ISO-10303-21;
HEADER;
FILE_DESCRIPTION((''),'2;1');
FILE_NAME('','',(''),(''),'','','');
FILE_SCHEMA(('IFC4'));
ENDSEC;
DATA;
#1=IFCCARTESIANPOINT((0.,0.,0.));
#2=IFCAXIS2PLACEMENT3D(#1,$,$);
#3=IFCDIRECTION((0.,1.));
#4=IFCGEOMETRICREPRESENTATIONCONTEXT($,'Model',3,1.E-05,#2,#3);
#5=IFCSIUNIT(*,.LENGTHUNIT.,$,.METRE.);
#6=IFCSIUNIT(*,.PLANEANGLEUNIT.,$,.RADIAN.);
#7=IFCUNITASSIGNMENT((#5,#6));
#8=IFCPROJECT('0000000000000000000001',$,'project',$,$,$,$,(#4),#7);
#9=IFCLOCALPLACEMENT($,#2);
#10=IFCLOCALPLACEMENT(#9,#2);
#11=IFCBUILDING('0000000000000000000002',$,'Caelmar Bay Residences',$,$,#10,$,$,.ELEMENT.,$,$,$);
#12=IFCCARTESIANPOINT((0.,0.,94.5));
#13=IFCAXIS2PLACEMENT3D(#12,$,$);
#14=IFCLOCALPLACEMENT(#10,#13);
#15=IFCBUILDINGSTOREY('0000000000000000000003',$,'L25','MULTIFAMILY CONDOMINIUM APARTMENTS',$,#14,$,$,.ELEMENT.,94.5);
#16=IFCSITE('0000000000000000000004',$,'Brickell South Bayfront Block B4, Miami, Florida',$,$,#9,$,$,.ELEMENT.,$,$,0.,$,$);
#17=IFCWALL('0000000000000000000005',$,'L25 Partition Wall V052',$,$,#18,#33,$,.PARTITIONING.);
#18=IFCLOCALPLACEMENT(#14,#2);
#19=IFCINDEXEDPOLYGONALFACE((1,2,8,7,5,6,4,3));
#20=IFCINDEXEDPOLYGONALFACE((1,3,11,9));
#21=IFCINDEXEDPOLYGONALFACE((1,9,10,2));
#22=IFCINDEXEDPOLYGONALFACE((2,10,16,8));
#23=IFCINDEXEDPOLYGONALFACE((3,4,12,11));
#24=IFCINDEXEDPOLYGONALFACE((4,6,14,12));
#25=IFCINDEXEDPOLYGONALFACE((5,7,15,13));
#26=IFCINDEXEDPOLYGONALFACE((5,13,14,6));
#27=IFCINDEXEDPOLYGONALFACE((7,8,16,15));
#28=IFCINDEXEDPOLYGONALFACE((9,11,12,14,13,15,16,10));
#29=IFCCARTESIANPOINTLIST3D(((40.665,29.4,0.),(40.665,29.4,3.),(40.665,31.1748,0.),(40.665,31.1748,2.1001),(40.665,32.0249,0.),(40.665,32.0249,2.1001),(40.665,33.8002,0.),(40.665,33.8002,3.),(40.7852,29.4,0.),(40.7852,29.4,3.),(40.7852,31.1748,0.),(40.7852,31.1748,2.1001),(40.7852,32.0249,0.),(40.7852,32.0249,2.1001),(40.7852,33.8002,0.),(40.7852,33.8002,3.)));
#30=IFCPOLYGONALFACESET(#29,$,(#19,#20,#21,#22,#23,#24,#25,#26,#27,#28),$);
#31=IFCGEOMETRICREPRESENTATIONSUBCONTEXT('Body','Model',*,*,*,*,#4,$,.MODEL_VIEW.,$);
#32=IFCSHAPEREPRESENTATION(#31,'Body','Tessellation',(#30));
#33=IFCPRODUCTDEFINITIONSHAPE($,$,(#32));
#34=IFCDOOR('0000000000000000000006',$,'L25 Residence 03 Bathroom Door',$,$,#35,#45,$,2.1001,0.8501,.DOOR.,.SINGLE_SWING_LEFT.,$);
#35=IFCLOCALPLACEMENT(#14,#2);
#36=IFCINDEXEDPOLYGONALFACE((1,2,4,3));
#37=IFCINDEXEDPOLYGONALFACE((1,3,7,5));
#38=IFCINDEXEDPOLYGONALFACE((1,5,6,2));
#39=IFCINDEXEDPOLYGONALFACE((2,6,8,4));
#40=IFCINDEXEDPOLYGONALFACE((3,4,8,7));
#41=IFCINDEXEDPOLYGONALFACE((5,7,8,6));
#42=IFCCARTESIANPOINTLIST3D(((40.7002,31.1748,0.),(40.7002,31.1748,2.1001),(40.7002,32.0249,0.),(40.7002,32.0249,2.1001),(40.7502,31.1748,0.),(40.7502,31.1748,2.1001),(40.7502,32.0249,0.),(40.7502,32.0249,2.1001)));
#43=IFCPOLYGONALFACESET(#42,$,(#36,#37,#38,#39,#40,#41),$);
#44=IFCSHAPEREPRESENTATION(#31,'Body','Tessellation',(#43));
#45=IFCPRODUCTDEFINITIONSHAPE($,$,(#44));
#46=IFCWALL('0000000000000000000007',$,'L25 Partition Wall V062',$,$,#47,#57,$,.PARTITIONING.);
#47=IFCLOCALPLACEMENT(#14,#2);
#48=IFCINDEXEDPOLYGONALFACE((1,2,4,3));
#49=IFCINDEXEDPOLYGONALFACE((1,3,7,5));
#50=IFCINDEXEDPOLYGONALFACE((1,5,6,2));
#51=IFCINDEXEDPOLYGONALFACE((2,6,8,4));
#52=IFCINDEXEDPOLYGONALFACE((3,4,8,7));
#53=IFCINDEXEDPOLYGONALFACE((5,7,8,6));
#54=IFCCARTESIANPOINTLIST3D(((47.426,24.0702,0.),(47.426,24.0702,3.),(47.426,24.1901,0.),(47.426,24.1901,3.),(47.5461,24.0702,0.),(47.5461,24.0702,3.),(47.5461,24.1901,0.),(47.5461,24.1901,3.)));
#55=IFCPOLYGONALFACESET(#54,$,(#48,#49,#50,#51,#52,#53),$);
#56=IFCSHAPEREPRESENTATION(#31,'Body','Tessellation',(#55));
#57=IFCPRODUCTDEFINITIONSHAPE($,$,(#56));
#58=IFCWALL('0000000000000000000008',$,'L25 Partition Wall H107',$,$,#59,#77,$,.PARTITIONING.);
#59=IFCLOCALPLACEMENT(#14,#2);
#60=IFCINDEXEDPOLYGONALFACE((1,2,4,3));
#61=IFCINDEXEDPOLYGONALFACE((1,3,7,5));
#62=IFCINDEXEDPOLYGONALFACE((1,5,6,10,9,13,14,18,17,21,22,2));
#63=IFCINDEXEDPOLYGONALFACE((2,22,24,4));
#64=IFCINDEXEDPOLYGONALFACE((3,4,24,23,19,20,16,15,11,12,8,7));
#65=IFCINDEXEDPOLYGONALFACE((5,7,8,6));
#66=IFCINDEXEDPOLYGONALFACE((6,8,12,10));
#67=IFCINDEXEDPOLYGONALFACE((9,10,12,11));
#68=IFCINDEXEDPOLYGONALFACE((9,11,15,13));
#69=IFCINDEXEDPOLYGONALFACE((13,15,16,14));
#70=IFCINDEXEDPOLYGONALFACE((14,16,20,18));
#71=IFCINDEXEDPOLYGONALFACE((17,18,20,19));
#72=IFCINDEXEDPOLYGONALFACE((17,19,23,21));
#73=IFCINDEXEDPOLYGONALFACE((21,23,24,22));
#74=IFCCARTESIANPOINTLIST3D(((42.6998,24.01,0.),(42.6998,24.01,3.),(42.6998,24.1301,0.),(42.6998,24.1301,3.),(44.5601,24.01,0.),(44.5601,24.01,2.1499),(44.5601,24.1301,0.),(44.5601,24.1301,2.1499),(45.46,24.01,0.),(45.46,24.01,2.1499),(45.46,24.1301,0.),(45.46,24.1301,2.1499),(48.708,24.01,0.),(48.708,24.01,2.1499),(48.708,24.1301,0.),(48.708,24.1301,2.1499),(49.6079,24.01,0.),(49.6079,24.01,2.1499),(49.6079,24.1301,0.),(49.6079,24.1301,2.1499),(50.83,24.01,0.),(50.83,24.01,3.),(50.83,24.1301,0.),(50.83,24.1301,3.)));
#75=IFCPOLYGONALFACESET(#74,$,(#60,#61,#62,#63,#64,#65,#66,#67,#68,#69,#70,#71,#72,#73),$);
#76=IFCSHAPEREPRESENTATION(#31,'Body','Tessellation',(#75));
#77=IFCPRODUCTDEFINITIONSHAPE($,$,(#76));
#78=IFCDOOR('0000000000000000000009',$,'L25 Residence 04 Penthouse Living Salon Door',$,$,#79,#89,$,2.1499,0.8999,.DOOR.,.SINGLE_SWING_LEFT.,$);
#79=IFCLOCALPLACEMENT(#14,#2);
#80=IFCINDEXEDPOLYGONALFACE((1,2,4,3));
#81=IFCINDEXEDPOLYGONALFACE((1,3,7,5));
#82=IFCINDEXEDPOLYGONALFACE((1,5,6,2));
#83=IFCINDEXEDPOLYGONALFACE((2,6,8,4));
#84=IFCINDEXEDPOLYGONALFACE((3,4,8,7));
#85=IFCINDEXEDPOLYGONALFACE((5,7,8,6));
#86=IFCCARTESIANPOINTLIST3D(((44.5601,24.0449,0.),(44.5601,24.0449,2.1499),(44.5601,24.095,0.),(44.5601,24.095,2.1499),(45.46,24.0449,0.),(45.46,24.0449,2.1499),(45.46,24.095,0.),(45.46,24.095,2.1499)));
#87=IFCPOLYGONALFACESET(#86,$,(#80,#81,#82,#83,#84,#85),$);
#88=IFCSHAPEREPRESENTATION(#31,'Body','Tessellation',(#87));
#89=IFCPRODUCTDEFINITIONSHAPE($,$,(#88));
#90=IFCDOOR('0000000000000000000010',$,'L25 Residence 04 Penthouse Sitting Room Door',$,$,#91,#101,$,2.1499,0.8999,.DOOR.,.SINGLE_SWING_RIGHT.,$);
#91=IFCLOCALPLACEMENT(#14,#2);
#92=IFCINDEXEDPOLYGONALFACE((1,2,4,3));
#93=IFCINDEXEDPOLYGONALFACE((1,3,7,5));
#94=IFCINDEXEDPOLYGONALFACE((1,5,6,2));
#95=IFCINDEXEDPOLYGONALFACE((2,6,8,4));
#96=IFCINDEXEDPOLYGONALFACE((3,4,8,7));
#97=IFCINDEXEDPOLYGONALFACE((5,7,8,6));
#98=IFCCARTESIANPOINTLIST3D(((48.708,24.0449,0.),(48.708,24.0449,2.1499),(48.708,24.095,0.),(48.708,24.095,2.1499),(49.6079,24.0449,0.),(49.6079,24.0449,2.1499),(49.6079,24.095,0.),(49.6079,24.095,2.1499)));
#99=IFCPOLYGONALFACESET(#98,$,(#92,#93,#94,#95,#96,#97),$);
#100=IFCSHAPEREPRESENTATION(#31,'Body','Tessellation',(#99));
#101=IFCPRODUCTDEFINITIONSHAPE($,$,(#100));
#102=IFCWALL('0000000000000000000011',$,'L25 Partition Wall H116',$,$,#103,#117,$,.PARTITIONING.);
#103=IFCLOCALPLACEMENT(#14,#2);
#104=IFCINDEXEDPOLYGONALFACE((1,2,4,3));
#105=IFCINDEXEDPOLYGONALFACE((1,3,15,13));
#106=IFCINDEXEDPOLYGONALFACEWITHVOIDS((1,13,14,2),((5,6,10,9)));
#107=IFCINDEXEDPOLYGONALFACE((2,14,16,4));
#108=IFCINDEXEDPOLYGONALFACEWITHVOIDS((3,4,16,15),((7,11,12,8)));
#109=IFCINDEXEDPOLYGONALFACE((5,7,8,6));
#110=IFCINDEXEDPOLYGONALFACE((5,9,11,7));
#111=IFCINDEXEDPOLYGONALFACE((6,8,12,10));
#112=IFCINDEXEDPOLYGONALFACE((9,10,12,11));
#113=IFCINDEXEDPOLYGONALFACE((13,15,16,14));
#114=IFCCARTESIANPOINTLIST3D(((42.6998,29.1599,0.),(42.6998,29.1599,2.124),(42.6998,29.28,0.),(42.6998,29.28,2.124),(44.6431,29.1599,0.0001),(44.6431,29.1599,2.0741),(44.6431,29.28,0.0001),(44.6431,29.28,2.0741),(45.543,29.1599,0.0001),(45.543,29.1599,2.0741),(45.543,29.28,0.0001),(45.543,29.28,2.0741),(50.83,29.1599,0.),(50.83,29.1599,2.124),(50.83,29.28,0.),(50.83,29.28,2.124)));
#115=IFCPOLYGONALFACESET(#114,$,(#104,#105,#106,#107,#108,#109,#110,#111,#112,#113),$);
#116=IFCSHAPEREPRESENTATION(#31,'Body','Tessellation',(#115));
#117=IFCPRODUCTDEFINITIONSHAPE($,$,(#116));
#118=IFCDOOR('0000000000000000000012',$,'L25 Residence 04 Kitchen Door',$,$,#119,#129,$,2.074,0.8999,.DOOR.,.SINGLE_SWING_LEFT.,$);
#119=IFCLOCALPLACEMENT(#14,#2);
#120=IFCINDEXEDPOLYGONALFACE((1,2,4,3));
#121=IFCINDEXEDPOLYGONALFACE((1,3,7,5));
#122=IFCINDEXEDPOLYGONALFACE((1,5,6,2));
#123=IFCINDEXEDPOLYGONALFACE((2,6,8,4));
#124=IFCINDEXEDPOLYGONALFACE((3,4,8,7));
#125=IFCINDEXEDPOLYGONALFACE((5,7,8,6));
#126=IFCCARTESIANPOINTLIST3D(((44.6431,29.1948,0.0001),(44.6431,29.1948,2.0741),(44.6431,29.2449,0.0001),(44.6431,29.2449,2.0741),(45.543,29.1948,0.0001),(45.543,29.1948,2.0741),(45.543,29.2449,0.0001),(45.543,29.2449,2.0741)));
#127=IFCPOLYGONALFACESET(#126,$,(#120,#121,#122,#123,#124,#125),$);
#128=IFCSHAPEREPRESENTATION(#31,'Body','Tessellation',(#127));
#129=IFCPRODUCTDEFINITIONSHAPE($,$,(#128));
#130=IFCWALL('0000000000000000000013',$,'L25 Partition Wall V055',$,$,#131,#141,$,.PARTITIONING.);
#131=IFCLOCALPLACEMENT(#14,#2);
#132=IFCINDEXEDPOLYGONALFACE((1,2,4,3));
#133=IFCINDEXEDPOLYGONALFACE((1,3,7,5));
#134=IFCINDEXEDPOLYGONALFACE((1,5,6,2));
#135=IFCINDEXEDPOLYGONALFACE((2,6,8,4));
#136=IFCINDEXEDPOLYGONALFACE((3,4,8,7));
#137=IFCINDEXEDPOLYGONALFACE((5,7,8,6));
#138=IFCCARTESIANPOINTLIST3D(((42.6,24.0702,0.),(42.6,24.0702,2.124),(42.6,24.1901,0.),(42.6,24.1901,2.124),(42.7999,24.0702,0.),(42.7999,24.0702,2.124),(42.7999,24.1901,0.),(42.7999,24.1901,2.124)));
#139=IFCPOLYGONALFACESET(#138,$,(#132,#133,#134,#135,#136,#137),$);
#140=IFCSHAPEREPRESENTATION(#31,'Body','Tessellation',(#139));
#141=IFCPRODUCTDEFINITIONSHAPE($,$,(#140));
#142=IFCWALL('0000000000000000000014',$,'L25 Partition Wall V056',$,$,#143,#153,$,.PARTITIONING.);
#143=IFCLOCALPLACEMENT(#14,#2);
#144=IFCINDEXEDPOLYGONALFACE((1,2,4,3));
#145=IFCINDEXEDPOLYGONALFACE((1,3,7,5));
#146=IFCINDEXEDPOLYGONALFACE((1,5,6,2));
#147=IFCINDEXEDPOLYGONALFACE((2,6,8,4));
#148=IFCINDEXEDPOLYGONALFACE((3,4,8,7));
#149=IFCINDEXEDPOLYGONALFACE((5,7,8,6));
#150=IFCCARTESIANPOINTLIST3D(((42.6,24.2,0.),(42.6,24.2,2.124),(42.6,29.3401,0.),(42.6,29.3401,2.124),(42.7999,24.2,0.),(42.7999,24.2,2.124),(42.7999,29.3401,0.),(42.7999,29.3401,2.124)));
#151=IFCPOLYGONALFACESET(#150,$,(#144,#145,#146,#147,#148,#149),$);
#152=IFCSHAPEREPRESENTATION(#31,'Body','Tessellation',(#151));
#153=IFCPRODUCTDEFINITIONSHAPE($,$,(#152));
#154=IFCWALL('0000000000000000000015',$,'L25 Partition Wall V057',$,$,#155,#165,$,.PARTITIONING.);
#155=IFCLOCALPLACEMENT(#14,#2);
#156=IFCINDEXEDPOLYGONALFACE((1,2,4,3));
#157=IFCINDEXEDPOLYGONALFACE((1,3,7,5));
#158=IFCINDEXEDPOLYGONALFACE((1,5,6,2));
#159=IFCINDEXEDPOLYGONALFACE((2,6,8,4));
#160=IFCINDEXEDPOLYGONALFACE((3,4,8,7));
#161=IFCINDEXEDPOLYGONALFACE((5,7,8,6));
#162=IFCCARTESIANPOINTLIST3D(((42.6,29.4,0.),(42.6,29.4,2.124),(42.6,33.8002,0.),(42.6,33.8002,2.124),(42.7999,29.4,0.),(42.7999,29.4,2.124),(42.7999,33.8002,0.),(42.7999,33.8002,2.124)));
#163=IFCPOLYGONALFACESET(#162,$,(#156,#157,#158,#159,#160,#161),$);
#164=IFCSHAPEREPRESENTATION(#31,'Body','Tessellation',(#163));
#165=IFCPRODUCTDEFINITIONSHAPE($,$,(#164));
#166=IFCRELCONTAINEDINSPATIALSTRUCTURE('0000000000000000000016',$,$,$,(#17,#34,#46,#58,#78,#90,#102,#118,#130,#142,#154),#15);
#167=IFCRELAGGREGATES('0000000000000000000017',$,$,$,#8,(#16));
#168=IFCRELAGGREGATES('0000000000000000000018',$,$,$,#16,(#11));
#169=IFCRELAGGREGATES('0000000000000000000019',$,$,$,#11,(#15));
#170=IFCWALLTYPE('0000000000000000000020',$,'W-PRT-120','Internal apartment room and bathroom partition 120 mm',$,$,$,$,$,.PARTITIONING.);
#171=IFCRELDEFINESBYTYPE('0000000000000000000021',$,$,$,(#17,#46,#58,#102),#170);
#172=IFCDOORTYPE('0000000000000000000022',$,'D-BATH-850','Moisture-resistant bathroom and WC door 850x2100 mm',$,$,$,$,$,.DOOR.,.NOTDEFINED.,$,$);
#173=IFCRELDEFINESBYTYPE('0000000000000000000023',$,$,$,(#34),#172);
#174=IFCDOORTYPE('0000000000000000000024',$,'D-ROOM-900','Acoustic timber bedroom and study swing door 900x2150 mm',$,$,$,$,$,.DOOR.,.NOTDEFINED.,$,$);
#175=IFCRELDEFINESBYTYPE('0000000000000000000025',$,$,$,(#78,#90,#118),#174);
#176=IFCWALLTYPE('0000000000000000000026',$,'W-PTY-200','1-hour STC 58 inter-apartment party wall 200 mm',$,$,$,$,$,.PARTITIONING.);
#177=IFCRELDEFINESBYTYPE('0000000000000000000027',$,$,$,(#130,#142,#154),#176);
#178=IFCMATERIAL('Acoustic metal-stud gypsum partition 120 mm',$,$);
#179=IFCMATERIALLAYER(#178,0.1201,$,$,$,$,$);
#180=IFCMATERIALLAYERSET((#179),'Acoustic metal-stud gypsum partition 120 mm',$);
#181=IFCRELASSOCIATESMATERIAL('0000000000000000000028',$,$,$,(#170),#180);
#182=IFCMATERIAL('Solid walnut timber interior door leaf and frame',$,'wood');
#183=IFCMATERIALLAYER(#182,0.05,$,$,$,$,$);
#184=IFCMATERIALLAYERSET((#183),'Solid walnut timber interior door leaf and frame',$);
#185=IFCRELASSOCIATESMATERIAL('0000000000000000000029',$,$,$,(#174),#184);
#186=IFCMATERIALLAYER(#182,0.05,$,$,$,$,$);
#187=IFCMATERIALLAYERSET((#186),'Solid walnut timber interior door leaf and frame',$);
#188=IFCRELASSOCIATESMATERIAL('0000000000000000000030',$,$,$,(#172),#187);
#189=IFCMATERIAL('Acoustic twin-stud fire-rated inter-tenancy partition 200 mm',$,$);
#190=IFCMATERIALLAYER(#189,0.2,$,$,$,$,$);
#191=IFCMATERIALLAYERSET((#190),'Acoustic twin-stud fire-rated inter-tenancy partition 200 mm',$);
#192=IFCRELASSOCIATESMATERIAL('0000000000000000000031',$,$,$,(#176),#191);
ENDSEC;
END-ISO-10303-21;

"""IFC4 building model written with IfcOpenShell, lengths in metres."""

from ifc_helpers import new_model, si_unit, direction, frame, frame_2d, origin, place, context, subcontext, project, spatial, rectangle, extrude, material, layer, layer_set, type_object, element, fill, save


model = new_model("IFC4")

# Units and contexts
model_context = context("Model", 3, precision=1e-05, world=origin(), true_north=direction((0.0, 1.0)))
body_context = subcontext(model_context, "Body", "Model", "MODEL_VIEW")
ifc_project = project(units=[si_unit("LENGTHUNIT", "METRE"), si_unit("PLANEANGLEUNIT", "RADIAN")], contexts=[model_context])

# Site, building, storey
site_placement = place(None, origin())
site = spatial("IfcSite", under=ifc_project, at=site_placement, Name="Brickell South Bayfront Block B4, Miami, Florida", CompositionType="ELEMENT", RefElevation=0.0)
building_placement = place(site_placement, origin())
building = spatial("IfcBuilding", under=site, at=building_placement, Name="Caelmar Bay Residences", CompositionType="ELEMENT")
storey_placement = place(building_placement, frame((0.0, 0.0, 94.5)))
storey = spatial("IfcBuildingStorey", under=building, at=storey_placement, Name="L25", Description="MULTIFAMILY CONDOMINIUM APARTMENTS", CompositionType="ELEMENT", Elevation=94.5)

# Shared definitions
ifc_material_1 = material(Name="Acoustic metal-stud gypsum partition 120 mm")
ifc_layer_1 = layer(ifc_material_1, 0.1201)
ifc_layer_set_1 = layer_set([ifc_layer_1], Name="Acoustic metal-stud gypsum partition 120 mm")
wall_type_1 = type_object("IfcWallType", Name="W-PRT-120", Description="Internal apartment room and bathroom partition 120 mm", PredefinedType="PARTITIONING", material=ifc_layer_set_1)

# Shared definitions
ifc_material_2 = material(Name="Solid walnut timber interior door leaf and frame", Category="wood")
ifc_layer_2 = layer(ifc_material_2, 0.05)
ifc_layer_set_2 = layer_set([ifc_layer_2], Name="Solid walnut timber interior door leaf and frame")
door_type_1 = type_object("IfcDoorType", Name="D-ROOM-900", Description="Acoustic timber bedroom and study swing door 900x2150 mm", OperationType="NOTDEFINED", PredefinedType="DOOR", material=ifc_layer_set_2)

# Wall, opening, door
wall_1_placement = place(storey_placement, frame((40.7251, 29.3999, 0.0), z_axis=(0.0, 0.0, 1.0), x_axis=(0.0, 1.0, 0.0)))
wall_1 = element("IfcWall", 1, at=wall_1_placement, inside=storey, type_object=wall_type_1, Name="L25 Partition Wall V052", PredefinedType="PARTITIONING", context=body_context, shape_type="SweptSolid", body=[
    extrude(rectangle(XDim=4.4001, YDim=0.1201, at=frame_2d((2.2002, 0.0))), origin(), (0.0, 0.0, 1.0), 3.0),
])
opening_1_placement = place(wall_1_placement, frame((1.7749, 0.0, 0.0)))
opening_1 = element("IfcOpeningElement", 2, at=opening_1_placement, cuts=wall_1, PredefinedType="OPENING", context=body_context, shape_type="SweptSolid", body=[
    extrude(rectangle(XDim=0.8501, YDim=2.1001, at=frame_2d((0.425, 1.05))), frame((0.0, 0.0701, 0.0), z_axis=(0.0, -1.0, 0.0), x_axis=(1.0, 0.0, 0.0)), (0.0, 0.0, 1.0), 0.1401),
])
ifc_layer_3 = layer(ifc_material_2, 0.05)
ifc_layer_set_3 = layer_set([ifc_layer_3], Name="Solid walnut timber interior door leaf and frame")
door_type_2 = type_object("IfcDoorType", Name="D-BATH-850", Description="Moisture-resistant bathroom and WC door 850x2100 mm", OperationType="NOTDEFINED", PredefinedType="DOOR", material=ifc_layer_set_3)
door_1_placement = place(opening_1_placement, origin())
door_1 = element("IfcDoor", 3, at=door_1_placement, inside=storey, type_object=door_type_2, Name="L25 Residence 03 Bathroom Door", OperationType="SINGLE_SWING_LEFT", OverallHeight=2.1001, OverallWidth=0.8501, PredefinedType="DOOR", context=body_context, shape_type="SweptSolid", body=[
    extrude(rectangle(XDim=0.8501, YDim=2.1001, at=frame_2d((0.425, 1.05))), frame((0.0, 0.0249, 0.0), z_axis=(0.0, -1.0, 0.0), x_axis=(1.0, 0.0, 0.0)), (0.0, 0.0, 1.0), 0.05),
])
fill(opening_1, door_1)

# Wall
wall_2_placement = place(storey_placement, frame((47.4861, 24.0701, 0.0), z_axis=(0.0, 0.0, 1.0), x_axis=(0.0, 1.0, 0.0)))
element("IfcWall", 4, at=wall_2_placement, inside=storey, type_object=wall_type_1, Name="L25 Partition Wall V062", PredefinedType="PARTITIONING", context=body_context, shape_type="SweptSolid", body=[
    extrude(rectangle(XDim=0.1199, YDim=0.1201, at=frame_2d((0.0601, 0.0))), origin(), (0.0, 0.0, 1.0), 3.0),
])

# Wall, openings, doors
wall_3_placement = place(storey_placement, frame((42.7, 24.0701, 0.0), z_axis=(0.0, 0.0, 1.0), x_axis=(1.0, 0.0, 0.0)))
wall_3 = element("IfcWall", 5, at=wall_3_placement, inside=storey, type_object=wall_type_1, Name="L25 Partition Wall H107", PredefinedType="PARTITIONING", context=body_context, shape_type="SweptSolid", body=[
    extrude(rectangle(XDim=8.1301, YDim=0.1201, at=frame_2d((4.0649, 0.0))), origin(), (0.0, 0.0, 1.0), 3.0),
])
opening_2_placement = place(wall_3_placement, frame((1.8601, 0.0, 0.0)))
opening_2 = element("IfcOpeningElement", 6, at=opening_2_placement, cuts=wall_3, PredefinedType="OPENING", context=body_context, shape_type="SweptSolid", body=[
    extrude(rectangle(XDim=0.8999, YDim=2.1499, at=frame_2d((0.45, 1.075))), frame((0.0, 0.0701, 0.0), z_axis=(0.0, -1.0, 0.0), x_axis=(1.0, 0.0, 0.0)), (0.0, 0.0, 1.0), 0.1401),
])
opening_3_placement = place(wall_3_placement, frame((6.0081, 0.0, 0.0)))
opening_3 = element("IfcOpeningElement", 7, at=opening_3_placement, cuts=wall_3, PredefinedType="OPENING", context=body_context, shape_type="SweptSolid", body=[
    extrude(rectangle(XDim=0.8999, YDim=2.1499, at=frame_2d((0.45, 1.075))), frame((0.0, 0.0701, 0.0), z_axis=(0.0, -1.0, 0.0), x_axis=(1.0, 0.0, 0.0)), (0.0, 0.0, 1.0), 0.1401),
])
door_2_placement = place(opening_2_placement, origin())
door_2 = element("IfcDoor", 8, at=door_2_placement, inside=storey, type_object=door_type_1, Name="L25 Residence 04 Penthouse Living Salon Door", OperationType="SINGLE_SWING_LEFT", OverallHeight=2.1499, OverallWidth=0.8999, PredefinedType="DOOR", context=body_context, shape_type="SweptSolid", body=[
    extrude(rectangle(XDim=0.8999, YDim=2.1499, at=frame_2d((0.45, 1.075))), frame((0.0, 0.0249, 0.0), z_axis=(0.0, -1.0, 0.0), x_axis=(1.0, 0.0, 0.0)), (0.0, 0.0, 1.0), 0.05),
])
fill(opening_2, door_2)
door_3_placement = place(opening_3_placement, origin())
door_3 = element("IfcDoor", 9, at=door_3_placement, inside=storey, type_object=door_type_1, Name="L25 Residence 04 Penthouse Sitting Room Door", OperationType="SINGLE_SWING_RIGHT", OverallHeight=2.1499, OverallWidth=0.8999, PredefinedType="DOOR", context=body_context, shape_type="SweptSolid", body=[
    extrude(rectangle(XDim=0.8999, YDim=2.1499, at=frame_2d((0.45, 1.075))), frame((0.0, 0.0249, 0.0), z_axis=(0.0, -1.0, 0.0), x_axis=(1.0, 0.0, 0.0)), (0.0, 0.0, 1.0), 0.05),
])
fill(opening_3, door_3)

# Wall, opening, door
wall_4_placement = place(storey_placement, frame((42.7, 29.22, 0.0), z_axis=(0.0, 0.0, 1.0), x_axis=(1.0, 0.0, 0.0)))
wall_4 = element("IfcWall", 10, at=wall_4_placement, inside=storey, type_object=wall_type_1, Name="L25 Partition Wall H116", PredefinedType="PARTITIONING", context=body_context, shape_type="SweptSolid", body=[
    extrude(rectangle(XDim=8.1301, YDim=0.1201, at=frame_2d((4.0649, 0.0))), origin(), (0.0, 0.0, 1.0), 2.124),
])
opening_4_placement = place(wall_4_placement, frame((1.9431, 0.0, 0.0)))
opening_4 = element("IfcOpeningElement", 11, at=opening_4_placement, cuts=wall_4, PredefinedType="OPENING", context=body_context, shape_type="SweptSolid", body=[
    extrude(rectangle(XDim=0.8999, YDim=2.074, at=frame_2d((0.45, 1.0371))), frame((0.0, 0.0701, 0.0), z_axis=(0.0, -1.0, 0.0), x_axis=(1.0, 0.0, 0.0)), (0.0, 0.0, 1.0), 0.1401),
])
door_4_placement = place(opening_4_placement, origin())
door_4 = element("IfcDoor", 12, at=door_4_placement, inside=storey, type_object=door_type_1, Name="L25 Residence 04 Kitchen Door", OperationType="SINGLE_SWING_LEFT", OverallHeight=2.074, OverallWidth=0.8999, PredefinedType="DOOR", context=body_context, shape_type="SweptSolid", body=[
    extrude(rectangle(XDim=0.8999, YDim=2.074, at=frame_2d((0.45, 1.0371))), frame((0.0, 0.0249, 0.0), z_axis=(0.0, -1.0, 0.0), x_axis=(1.0, 0.0, 0.0)), (0.0, 0.0, 1.0), 0.05),
])
fill(opening_4, door_4)

# Walls
ifc_material_3 = material(Name="Acoustic twin-stud fire-rated inter-tenancy partition 200 mm")
ifc_layer_4 = layer(ifc_material_3, 0.2)
ifc_layer_set_4 = layer_set([ifc_layer_4], Name="Acoustic twin-stud fire-rated inter-tenancy partition 200 mm")
wall_type_2 = type_object("IfcWallType", Name="W-PTY-200", Description="1-hour STC 58 inter-apartment party wall 200 mm", PredefinedType="PARTITIONING", material=ifc_layer_set_4)
wall_5_placement = place(storey_placement, frame((42.7, 24.0701, 0.0), z_axis=(0.0, 0.0, 1.0), x_axis=(0.0, 1.0, 0.0)))
element("IfcWall", 13, at=wall_5_placement, inside=storey, type_object=wall_type_2, Name="L25 Partition Wall V055", PredefinedType="PARTITIONING", context=body_context, shape_type="SweptSolid", body=[
    extrude(rectangle(XDim=0.1199, YDim=0.2, at=frame_2d((0.0601, 0.0))), origin(), (0.0, 0.0, 1.0), 2.124),
])
wall_6_placement = place(storey_placement, frame((42.7, 24.2, 0.0), z_axis=(0.0, 0.0, 1.0), x_axis=(0.0, 1.0, 0.0)))
element("IfcWall", 14, at=wall_6_placement, inside=storey, type_object=wall_type_2, Name="L25 Partition Wall V056", PredefinedType="PARTITIONING", context=body_context, shape_type="SweptSolid", body=[
    extrude(rectangle(XDim=5.1401, YDim=0.2, at=frame_2d((2.5701, 0.0))), origin(), (0.0, 0.0, 1.0), 2.124),
])
wall_7_placement = place(storey_placement, frame((42.7, 29.3999, 0.0), z_axis=(0.0, 0.0, 1.0), x_axis=(0.0, 1.0, 0.0)))
element("IfcWall", 15, at=wall_7_placement, inside=storey, type_object=wall_type_2, Name="L25 Partition Wall V057", PredefinedType="PARTITIONING", context=body_context, shape_type="SweptSolid", body=[
    extrude(rectangle(XDim=4.4001, YDim=0.2, at=frame_2d((2.2002, 0.0))), origin(), (0.0, 0.0, 1.0), 2.124),
])

save(model, "model.ifc")
